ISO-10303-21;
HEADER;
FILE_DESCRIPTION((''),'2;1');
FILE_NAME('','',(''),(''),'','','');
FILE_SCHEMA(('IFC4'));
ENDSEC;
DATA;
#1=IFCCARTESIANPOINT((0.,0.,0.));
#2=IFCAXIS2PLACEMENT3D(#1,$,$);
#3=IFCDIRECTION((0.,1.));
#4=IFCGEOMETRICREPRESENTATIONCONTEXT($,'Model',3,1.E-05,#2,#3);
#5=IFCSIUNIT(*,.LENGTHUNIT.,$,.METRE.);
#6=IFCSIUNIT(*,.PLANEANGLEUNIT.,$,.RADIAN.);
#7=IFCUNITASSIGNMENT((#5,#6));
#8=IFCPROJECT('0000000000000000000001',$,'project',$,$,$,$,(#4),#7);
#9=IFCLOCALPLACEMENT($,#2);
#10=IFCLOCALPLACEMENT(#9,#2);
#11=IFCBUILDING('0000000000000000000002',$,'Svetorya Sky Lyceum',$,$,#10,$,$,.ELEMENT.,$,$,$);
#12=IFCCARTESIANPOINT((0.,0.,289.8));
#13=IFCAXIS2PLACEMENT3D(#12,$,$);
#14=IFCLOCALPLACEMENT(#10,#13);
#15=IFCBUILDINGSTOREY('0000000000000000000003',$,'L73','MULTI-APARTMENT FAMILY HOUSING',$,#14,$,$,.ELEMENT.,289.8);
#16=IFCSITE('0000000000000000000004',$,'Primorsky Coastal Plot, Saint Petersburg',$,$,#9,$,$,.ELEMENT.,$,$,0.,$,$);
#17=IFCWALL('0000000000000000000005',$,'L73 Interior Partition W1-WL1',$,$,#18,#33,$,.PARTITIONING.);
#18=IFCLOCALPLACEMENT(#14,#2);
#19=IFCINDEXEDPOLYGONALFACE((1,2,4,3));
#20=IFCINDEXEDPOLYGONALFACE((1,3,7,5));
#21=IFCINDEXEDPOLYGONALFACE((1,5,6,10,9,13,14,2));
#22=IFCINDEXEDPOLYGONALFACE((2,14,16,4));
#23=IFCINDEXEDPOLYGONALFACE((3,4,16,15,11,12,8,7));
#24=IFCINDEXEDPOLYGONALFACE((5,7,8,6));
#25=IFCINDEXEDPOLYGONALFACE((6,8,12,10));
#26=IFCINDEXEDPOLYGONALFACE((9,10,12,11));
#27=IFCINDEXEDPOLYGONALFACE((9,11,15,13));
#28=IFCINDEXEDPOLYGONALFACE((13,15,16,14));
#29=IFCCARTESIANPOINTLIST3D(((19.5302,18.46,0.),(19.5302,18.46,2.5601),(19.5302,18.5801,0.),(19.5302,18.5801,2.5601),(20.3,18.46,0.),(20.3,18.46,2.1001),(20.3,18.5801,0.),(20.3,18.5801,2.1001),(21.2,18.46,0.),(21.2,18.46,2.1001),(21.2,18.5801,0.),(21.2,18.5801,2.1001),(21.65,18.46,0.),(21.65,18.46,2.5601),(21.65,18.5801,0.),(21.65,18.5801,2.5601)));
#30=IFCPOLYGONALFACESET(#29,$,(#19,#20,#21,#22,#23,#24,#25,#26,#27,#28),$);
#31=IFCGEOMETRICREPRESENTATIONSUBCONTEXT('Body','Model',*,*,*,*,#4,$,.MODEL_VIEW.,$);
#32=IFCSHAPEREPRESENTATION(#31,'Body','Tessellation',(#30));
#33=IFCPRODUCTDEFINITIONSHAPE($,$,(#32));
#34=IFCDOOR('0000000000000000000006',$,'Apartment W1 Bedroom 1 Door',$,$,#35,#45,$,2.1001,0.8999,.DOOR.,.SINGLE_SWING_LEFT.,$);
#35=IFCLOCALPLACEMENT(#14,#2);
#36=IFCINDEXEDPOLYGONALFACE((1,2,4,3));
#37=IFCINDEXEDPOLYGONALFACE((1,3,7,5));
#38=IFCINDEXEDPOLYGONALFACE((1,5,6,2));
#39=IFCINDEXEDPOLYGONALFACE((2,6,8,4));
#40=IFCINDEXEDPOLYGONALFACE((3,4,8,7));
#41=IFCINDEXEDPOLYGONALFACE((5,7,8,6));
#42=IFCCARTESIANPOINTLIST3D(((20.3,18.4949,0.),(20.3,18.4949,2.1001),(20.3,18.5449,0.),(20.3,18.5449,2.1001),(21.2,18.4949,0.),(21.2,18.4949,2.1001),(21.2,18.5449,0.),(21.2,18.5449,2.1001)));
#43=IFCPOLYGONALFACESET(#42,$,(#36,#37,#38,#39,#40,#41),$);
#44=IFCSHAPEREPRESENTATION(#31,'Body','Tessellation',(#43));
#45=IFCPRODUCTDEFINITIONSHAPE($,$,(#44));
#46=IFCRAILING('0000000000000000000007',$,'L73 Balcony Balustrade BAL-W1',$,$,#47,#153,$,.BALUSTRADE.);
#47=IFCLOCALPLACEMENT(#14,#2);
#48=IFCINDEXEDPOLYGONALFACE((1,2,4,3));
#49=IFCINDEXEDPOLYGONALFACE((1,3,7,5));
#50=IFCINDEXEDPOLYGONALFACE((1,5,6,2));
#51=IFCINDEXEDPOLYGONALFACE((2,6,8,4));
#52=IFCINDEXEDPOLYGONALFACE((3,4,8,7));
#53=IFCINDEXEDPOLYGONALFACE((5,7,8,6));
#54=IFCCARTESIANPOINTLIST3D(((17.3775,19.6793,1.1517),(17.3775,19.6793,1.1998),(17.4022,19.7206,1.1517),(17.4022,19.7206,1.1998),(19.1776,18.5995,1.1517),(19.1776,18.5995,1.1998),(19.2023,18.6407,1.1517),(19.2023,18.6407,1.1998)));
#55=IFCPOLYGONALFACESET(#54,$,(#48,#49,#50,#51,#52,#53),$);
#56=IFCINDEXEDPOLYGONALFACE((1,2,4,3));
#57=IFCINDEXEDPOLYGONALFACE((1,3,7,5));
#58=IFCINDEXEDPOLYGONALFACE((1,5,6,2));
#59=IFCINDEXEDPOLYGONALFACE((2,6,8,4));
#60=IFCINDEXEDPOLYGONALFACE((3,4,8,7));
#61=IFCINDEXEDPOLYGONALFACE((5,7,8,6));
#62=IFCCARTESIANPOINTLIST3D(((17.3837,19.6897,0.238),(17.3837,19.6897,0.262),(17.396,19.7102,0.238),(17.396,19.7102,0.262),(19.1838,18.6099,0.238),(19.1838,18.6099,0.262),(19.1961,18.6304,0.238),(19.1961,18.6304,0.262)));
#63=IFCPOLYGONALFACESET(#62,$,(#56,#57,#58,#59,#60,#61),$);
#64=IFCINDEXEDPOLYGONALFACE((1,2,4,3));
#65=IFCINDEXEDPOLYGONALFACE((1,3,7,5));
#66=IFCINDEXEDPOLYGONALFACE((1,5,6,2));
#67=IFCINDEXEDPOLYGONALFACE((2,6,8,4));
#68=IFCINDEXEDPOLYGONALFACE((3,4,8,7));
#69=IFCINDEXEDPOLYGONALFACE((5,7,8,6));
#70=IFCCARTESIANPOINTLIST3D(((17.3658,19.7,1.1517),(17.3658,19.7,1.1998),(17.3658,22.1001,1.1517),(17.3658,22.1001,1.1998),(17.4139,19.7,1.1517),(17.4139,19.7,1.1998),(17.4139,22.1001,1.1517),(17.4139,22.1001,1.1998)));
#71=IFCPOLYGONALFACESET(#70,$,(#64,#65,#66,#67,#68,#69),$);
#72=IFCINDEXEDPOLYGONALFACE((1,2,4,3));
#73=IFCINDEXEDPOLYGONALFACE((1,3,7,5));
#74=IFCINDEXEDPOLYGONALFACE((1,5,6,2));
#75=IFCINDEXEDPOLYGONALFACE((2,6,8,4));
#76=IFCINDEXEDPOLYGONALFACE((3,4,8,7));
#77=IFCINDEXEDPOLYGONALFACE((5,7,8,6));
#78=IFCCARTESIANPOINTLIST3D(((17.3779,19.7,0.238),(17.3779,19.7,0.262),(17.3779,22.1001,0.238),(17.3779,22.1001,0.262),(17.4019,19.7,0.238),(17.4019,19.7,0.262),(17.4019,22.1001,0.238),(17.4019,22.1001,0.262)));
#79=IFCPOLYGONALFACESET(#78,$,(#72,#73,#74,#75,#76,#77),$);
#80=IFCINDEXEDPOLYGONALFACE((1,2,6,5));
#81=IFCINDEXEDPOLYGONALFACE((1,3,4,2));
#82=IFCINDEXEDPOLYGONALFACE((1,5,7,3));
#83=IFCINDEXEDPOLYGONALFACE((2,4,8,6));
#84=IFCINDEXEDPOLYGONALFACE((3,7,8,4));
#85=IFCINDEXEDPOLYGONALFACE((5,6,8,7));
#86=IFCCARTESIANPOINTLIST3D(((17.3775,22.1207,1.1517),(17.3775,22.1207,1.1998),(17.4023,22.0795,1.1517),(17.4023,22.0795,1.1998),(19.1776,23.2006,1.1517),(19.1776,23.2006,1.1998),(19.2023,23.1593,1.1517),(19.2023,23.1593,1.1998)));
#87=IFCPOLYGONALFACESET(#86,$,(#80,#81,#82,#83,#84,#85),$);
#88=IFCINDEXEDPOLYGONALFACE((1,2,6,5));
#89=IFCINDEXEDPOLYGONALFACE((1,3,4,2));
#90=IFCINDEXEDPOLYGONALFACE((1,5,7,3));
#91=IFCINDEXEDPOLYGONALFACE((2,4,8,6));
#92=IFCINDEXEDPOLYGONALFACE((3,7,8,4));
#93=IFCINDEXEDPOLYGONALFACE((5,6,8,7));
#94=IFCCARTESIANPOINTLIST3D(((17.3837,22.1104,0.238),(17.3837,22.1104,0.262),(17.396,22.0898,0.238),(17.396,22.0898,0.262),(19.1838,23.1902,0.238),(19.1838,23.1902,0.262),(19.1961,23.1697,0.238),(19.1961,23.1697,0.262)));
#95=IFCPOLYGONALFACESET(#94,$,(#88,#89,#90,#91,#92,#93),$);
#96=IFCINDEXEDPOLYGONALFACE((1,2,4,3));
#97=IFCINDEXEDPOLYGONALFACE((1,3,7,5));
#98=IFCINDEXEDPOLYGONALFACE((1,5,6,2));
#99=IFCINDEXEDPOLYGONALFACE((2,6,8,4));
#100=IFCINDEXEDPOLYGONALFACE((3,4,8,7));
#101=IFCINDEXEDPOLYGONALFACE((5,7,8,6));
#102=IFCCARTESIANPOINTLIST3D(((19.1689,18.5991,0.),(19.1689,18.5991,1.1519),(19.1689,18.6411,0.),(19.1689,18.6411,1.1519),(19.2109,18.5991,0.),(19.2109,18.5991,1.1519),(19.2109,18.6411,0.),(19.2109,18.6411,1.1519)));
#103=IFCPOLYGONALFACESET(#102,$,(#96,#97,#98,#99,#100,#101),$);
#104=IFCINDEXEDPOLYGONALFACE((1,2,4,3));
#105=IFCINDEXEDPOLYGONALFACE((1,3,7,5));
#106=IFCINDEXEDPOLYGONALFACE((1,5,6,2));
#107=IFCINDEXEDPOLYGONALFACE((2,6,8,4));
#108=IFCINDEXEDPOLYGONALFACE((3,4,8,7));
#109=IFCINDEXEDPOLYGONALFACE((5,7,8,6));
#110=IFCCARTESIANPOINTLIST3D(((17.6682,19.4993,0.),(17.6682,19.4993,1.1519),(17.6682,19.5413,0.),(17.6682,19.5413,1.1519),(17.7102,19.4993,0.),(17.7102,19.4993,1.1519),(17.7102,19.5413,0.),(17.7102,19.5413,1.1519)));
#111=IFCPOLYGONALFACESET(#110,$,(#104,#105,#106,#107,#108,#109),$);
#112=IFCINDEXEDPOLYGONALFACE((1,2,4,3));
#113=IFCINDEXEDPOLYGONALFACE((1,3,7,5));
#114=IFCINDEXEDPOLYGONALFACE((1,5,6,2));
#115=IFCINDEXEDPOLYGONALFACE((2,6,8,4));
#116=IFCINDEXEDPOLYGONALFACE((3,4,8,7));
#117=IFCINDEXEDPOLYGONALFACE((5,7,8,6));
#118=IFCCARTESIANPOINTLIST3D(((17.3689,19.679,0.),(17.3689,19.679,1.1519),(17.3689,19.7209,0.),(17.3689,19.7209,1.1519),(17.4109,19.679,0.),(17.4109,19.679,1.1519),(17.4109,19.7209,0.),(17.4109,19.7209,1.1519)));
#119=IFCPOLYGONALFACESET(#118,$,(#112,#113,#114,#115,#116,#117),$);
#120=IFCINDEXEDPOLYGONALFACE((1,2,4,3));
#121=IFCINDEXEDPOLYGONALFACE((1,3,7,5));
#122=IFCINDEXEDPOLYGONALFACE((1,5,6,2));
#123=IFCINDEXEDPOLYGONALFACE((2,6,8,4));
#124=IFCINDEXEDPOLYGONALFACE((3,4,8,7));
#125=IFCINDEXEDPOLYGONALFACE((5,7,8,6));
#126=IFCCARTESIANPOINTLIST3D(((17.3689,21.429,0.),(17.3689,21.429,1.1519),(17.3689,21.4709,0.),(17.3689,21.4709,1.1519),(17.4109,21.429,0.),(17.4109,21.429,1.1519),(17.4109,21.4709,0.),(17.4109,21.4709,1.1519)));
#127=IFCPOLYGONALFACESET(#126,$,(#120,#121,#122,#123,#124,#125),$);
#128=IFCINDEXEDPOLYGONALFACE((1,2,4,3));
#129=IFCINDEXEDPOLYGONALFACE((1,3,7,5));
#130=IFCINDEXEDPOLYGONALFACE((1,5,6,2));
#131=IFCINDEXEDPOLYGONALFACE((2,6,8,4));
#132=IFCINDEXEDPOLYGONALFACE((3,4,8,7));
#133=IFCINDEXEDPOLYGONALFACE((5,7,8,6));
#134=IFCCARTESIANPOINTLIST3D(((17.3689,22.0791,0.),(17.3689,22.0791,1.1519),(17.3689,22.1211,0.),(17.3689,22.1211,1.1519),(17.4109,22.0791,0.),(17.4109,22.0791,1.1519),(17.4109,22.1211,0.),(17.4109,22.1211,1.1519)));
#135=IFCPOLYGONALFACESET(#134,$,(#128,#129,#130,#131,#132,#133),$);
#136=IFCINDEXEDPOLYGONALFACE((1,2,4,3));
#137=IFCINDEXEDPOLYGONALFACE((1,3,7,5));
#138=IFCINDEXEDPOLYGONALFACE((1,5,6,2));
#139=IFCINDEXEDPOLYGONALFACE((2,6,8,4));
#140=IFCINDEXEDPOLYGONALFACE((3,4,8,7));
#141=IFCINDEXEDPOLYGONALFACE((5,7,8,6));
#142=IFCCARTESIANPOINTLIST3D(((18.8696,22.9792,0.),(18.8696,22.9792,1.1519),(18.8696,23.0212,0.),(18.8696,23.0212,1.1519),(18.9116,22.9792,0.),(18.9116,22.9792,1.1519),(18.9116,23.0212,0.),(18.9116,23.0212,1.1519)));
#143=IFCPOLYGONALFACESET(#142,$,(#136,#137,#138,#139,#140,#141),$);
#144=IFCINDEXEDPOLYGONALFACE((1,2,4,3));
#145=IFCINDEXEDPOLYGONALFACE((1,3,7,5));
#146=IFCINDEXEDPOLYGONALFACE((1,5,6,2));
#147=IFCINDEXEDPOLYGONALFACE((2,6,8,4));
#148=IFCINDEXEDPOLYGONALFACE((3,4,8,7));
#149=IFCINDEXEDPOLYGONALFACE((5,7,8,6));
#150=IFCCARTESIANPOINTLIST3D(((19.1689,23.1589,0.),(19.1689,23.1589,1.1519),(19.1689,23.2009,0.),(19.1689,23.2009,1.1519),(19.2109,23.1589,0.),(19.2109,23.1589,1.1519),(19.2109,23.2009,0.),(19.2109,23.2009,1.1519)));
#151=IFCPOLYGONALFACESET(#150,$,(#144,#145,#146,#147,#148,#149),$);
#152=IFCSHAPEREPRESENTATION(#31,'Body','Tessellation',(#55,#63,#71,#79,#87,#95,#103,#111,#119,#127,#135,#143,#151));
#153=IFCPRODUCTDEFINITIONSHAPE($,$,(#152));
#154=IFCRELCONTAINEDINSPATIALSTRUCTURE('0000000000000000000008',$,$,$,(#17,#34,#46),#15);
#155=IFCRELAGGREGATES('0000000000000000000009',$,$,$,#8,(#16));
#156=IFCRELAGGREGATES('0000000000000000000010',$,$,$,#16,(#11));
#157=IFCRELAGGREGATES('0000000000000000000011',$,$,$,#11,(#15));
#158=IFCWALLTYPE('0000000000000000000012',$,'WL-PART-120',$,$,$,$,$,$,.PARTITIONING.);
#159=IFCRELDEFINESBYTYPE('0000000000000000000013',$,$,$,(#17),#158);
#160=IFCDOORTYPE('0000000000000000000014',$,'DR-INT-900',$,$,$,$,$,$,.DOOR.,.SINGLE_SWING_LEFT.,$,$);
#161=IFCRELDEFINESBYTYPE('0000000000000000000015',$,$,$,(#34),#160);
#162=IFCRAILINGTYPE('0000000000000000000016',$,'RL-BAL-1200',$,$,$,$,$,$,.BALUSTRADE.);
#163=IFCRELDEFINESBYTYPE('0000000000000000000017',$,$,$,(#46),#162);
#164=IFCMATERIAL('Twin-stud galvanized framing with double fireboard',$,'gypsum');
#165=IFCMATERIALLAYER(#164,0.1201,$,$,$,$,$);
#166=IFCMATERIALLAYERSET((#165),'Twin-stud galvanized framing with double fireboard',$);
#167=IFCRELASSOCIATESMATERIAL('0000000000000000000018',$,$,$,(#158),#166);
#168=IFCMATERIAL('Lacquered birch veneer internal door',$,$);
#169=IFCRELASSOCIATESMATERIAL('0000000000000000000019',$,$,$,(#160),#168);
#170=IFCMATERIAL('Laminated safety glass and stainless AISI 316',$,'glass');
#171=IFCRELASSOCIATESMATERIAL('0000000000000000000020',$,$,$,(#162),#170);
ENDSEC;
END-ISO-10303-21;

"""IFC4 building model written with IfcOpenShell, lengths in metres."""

from ifc_helpers import new_model, si_unit, direction, frame, frame_2d, origin, origin_2d, place, context, subcontext, project, spatial, rectangle, extrude, material, layer, layer_set, type_object, element, fill, save


model = new_model("IFC4")

# Units and contexts
model_context = context("Model", 3, precision=1e-05, world=origin(), true_north=direction((0.0, 1.0)))
body_context = subcontext(model_context, "Body", "Model", "MODEL_VIEW")
ifc_project = project(units=[si_unit("LENGTHUNIT", "METRE"), si_unit("PLANEANGLEUNIT", "RADIAN")], contexts=[model_context])

# Site, building, storey
site_placement = place(None, origin())
site = spatial("IfcSite", under=ifc_project, at=site_placement, Name="Primorsky Coastal Plot, Saint Petersburg", CompositionType="ELEMENT", RefElevation=0.0)
building_placement = place(site_placement, origin())
building = spatial("IfcBuilding", under=site, at=building_placement, Name="Svetorya Sky Lyceum", CompositionType="ELEMENT")
storey_placement = place(building_placement, frame((0.0, 0.0, 289.8)))
storey = spatial("IfcBuildingStorey", under=building, at=storey_placement, Name="L73", Description="MULTI-APARTMENT FAMILY HOUSING", CompositionType="ELEMENT", Elevation=289.8)

# Wall, opening, door
ifc_material_1 = material(Name="Twin-stud galvanized framing with double fireboard", Category="gypsum")
ifc_layer_1 = layer(ifc_material_1, 0.1201)
ifc_layer_set_1 = layer_set([ifc_layer_1], Name="Twin-stud galvanized framing with double fireboard")
wall_type_1 = type_object("IfcWallType", Name="WL-PART-120", PredefinedType="PARTITIONING", material=ifc_layer_set_1)
wall_1_placement = place(storey_placement, frame((19.53, 18.52, 0.0), z_axis=(0.0, 0.0, 1.0), x_axis=(1.0, 0.0, 0.0)))
wall_1 = element("IfcWall", 1, at=wall_1_placement, inside=storey, type_object=wall_type_1, Name="L73 Interior Partition W1-WL1", PredefinedType="PARTITIONING", context=body_context, shape_type="SweptSolid", body=[
    extrude(rectangle(XDim=2.1199, YDim=0.1201, at=frame_2d((1.0601, 0.0))), origin(), (0.0, 0.0, 1.0), 2.5601),
])
opening_placement = place(wall_1_placement, frame((0.77, 0.0, 0.0)))
opening = element("IfcOpeningElement", 2, at=opening_placement, cuts=wall_1, PredefinedType="OPENING", context=body_context, shape_type="SweptSolid", body=[
    extrude(rectangle(XDim=0.8999, YDim=2.1001, at=frame_2d((0.45, 1.05))), frame((0.0, 0.0701, 0.0), z_axis=(0.0, -1.0, 0.0), x_axis=(1.0, 0.0, 0.0)), (0.0, 0.0, 1.0), 0.1401),
])
ifc_material_2 = material(Name="Lacquered birch veneer internal door")
door_type = type_object("IfcDoorType", Name="DR-INT-900", OperationType="SINGLE_SWING_LEFT", PredefinedType="DOOR", material=ifc_material_2)
door_placement = place(opening_placement, origin())
door = element("IfcDoor", 3, at=door_placement, inside=storey, type_object=door_type, Name="Apartment W1 Bedroom 1 Door", OperationType="SINGLE_SWING_LEFT", OverallHeight=2.1001, OverallWidth=0.8999, PredefinedType="DOOR", context=body_context, shape_type="SweptSolid", body=[
    extrude(rectangle(XDim=0.8999, YDim=2.1001, at=frame_2d((0.45, 1.05))), frame((0.0, 0.0249, 0.0), z_axis=(0.0, -1.0, 0.0), x_axis=(1.0, 0.0, 0.0)), (0.0, 0.0, 1.0), 0.05),
])
fill(opening, door)

# Railing
ifc_material_3 = material(Name="Laminated safety glass and stainless AISI 316", Category="glass")
railing_type = type_object("IfcRailingType", Name="RL-BAL-1200", PredefinedType="BALUSTRADE", material=ifc_material_3)
railing_placement = place(storey_placement, frame((19.1899, 18.6201, 0.0)))
element("IfcRailing", 4, at=railing_placement, inside=storey, type_object=railing_type, Name="L73 Balcony Balustrade BAL-W1", PredefinedType="BALUSTRADE", context=body_context, shape_type="SweptSolid", body=[
    extrude(rectangle(XDim=0.0481, YDim=0.0481, at=origin_2d()), frame((0.0, 0.0, 1.1758), z_axis=(-0.857534, 0.514427, 0.0), x_axis=(-0.514427, -0.857534, 0.0)), (0.0, 0.0, 1.0), 2.0991),
    extrude(rectangle(XDim=0.0239, YDim=0.0239, at=origin_2d()), frame((0.0, 0.0, 0.25), z_axis=(-0.857534, 0.514427, 0.0), x_axis=(-0.514427, -0.857534, 0.0)), (0.0, 0.0, 1.0), 2.0991),
    extrude(rectangle(XDim=0.0481, YDim=0.0481, at=origin_2d()), frame((-1.8, 1.0798, 1.1758), z_axis=(0.0, 1.0, 0.0), x_axis=(-1.0, 0.0, 0.0)), (0.0, 0.0, 1.0), 2.4001),
    extrude(rectangle(XDim=0.0239, YDim=0.0239, at=origin_2d()), frame((-1.8, 1.0798, 0.25), z_axis=(0.0, 1.0, 0.0), x_axis=(-1.0, 0.0, 0.0)), (0.0, 0.0, 1.0), 2.4001),
    extrude(rectangle(XDim=0.0481, YDim=0.0481, at=origin_2d()), frame((-1.8, 3.48, 1.1758), z_axis=(0.857534, 0.514427, 0.0), x_axis=(-0.514427, 0.857534, 0.0)), (0.0, 0.0, 1.0), 2.0991),
    extrude(rectangle(XDim=0.0239, YDim=0.0239, at=origin_2d()), frame((-1.8, 3.48, 0.25), z_axis=(0.857534, 0.514427, 0.0), x_axis=(-0.514427, 0.857534, 0.0)), (0.0, 0.0, 1.0), 2.0991),
    extrude(rectangle(XDim=0.042, YDim=0.042, at=origin_2d()), origin(), (0.0, 0.0, 1.0), 1.1519),
    extrude(rectangle(XDim=0.042, YDim=0.042, at=origin_2d()), frame((-1.5007, 0.9001, 0.0)), (0.0, 0.0, 1.0), 1.1519),
    extrude(rectangle(XDim=0.042, YDim=0.042, at=origin_2d()), frame((-1.8, 1.0798, 0.0)), (0.0, 0.0, 1.0), 1.1519),
    extrude(rectangle(XDim=0.042, YDim=0.042, at=origin_2d()), frame((-1.8, 2.8298, 0.0)), (0.0, 0.0, 1.0), 1.1519),
    extrude(rectangle(XDim=0.042, YDim=0.042, at=origin_2d()), frame((-1.8, 3.48, 0.0)), (0.0, 0.0, 1.0), 1.1519),
    extrude(rectangle(XDim=0.042, YDim=0.042, at=origin_2d()), frame((-0.2993, 4.3801, 0.0)), (0.0, 0.0, 1.0), 1.1519),
    extrude(rectangle(XDim=0.042, YDim=0.042, at=origin_2d()), frame((0.0, 4.5598, 0.0)), (0.0, 0.0, 1.0), 1.1519),
])

save(model, "model.ifc")
